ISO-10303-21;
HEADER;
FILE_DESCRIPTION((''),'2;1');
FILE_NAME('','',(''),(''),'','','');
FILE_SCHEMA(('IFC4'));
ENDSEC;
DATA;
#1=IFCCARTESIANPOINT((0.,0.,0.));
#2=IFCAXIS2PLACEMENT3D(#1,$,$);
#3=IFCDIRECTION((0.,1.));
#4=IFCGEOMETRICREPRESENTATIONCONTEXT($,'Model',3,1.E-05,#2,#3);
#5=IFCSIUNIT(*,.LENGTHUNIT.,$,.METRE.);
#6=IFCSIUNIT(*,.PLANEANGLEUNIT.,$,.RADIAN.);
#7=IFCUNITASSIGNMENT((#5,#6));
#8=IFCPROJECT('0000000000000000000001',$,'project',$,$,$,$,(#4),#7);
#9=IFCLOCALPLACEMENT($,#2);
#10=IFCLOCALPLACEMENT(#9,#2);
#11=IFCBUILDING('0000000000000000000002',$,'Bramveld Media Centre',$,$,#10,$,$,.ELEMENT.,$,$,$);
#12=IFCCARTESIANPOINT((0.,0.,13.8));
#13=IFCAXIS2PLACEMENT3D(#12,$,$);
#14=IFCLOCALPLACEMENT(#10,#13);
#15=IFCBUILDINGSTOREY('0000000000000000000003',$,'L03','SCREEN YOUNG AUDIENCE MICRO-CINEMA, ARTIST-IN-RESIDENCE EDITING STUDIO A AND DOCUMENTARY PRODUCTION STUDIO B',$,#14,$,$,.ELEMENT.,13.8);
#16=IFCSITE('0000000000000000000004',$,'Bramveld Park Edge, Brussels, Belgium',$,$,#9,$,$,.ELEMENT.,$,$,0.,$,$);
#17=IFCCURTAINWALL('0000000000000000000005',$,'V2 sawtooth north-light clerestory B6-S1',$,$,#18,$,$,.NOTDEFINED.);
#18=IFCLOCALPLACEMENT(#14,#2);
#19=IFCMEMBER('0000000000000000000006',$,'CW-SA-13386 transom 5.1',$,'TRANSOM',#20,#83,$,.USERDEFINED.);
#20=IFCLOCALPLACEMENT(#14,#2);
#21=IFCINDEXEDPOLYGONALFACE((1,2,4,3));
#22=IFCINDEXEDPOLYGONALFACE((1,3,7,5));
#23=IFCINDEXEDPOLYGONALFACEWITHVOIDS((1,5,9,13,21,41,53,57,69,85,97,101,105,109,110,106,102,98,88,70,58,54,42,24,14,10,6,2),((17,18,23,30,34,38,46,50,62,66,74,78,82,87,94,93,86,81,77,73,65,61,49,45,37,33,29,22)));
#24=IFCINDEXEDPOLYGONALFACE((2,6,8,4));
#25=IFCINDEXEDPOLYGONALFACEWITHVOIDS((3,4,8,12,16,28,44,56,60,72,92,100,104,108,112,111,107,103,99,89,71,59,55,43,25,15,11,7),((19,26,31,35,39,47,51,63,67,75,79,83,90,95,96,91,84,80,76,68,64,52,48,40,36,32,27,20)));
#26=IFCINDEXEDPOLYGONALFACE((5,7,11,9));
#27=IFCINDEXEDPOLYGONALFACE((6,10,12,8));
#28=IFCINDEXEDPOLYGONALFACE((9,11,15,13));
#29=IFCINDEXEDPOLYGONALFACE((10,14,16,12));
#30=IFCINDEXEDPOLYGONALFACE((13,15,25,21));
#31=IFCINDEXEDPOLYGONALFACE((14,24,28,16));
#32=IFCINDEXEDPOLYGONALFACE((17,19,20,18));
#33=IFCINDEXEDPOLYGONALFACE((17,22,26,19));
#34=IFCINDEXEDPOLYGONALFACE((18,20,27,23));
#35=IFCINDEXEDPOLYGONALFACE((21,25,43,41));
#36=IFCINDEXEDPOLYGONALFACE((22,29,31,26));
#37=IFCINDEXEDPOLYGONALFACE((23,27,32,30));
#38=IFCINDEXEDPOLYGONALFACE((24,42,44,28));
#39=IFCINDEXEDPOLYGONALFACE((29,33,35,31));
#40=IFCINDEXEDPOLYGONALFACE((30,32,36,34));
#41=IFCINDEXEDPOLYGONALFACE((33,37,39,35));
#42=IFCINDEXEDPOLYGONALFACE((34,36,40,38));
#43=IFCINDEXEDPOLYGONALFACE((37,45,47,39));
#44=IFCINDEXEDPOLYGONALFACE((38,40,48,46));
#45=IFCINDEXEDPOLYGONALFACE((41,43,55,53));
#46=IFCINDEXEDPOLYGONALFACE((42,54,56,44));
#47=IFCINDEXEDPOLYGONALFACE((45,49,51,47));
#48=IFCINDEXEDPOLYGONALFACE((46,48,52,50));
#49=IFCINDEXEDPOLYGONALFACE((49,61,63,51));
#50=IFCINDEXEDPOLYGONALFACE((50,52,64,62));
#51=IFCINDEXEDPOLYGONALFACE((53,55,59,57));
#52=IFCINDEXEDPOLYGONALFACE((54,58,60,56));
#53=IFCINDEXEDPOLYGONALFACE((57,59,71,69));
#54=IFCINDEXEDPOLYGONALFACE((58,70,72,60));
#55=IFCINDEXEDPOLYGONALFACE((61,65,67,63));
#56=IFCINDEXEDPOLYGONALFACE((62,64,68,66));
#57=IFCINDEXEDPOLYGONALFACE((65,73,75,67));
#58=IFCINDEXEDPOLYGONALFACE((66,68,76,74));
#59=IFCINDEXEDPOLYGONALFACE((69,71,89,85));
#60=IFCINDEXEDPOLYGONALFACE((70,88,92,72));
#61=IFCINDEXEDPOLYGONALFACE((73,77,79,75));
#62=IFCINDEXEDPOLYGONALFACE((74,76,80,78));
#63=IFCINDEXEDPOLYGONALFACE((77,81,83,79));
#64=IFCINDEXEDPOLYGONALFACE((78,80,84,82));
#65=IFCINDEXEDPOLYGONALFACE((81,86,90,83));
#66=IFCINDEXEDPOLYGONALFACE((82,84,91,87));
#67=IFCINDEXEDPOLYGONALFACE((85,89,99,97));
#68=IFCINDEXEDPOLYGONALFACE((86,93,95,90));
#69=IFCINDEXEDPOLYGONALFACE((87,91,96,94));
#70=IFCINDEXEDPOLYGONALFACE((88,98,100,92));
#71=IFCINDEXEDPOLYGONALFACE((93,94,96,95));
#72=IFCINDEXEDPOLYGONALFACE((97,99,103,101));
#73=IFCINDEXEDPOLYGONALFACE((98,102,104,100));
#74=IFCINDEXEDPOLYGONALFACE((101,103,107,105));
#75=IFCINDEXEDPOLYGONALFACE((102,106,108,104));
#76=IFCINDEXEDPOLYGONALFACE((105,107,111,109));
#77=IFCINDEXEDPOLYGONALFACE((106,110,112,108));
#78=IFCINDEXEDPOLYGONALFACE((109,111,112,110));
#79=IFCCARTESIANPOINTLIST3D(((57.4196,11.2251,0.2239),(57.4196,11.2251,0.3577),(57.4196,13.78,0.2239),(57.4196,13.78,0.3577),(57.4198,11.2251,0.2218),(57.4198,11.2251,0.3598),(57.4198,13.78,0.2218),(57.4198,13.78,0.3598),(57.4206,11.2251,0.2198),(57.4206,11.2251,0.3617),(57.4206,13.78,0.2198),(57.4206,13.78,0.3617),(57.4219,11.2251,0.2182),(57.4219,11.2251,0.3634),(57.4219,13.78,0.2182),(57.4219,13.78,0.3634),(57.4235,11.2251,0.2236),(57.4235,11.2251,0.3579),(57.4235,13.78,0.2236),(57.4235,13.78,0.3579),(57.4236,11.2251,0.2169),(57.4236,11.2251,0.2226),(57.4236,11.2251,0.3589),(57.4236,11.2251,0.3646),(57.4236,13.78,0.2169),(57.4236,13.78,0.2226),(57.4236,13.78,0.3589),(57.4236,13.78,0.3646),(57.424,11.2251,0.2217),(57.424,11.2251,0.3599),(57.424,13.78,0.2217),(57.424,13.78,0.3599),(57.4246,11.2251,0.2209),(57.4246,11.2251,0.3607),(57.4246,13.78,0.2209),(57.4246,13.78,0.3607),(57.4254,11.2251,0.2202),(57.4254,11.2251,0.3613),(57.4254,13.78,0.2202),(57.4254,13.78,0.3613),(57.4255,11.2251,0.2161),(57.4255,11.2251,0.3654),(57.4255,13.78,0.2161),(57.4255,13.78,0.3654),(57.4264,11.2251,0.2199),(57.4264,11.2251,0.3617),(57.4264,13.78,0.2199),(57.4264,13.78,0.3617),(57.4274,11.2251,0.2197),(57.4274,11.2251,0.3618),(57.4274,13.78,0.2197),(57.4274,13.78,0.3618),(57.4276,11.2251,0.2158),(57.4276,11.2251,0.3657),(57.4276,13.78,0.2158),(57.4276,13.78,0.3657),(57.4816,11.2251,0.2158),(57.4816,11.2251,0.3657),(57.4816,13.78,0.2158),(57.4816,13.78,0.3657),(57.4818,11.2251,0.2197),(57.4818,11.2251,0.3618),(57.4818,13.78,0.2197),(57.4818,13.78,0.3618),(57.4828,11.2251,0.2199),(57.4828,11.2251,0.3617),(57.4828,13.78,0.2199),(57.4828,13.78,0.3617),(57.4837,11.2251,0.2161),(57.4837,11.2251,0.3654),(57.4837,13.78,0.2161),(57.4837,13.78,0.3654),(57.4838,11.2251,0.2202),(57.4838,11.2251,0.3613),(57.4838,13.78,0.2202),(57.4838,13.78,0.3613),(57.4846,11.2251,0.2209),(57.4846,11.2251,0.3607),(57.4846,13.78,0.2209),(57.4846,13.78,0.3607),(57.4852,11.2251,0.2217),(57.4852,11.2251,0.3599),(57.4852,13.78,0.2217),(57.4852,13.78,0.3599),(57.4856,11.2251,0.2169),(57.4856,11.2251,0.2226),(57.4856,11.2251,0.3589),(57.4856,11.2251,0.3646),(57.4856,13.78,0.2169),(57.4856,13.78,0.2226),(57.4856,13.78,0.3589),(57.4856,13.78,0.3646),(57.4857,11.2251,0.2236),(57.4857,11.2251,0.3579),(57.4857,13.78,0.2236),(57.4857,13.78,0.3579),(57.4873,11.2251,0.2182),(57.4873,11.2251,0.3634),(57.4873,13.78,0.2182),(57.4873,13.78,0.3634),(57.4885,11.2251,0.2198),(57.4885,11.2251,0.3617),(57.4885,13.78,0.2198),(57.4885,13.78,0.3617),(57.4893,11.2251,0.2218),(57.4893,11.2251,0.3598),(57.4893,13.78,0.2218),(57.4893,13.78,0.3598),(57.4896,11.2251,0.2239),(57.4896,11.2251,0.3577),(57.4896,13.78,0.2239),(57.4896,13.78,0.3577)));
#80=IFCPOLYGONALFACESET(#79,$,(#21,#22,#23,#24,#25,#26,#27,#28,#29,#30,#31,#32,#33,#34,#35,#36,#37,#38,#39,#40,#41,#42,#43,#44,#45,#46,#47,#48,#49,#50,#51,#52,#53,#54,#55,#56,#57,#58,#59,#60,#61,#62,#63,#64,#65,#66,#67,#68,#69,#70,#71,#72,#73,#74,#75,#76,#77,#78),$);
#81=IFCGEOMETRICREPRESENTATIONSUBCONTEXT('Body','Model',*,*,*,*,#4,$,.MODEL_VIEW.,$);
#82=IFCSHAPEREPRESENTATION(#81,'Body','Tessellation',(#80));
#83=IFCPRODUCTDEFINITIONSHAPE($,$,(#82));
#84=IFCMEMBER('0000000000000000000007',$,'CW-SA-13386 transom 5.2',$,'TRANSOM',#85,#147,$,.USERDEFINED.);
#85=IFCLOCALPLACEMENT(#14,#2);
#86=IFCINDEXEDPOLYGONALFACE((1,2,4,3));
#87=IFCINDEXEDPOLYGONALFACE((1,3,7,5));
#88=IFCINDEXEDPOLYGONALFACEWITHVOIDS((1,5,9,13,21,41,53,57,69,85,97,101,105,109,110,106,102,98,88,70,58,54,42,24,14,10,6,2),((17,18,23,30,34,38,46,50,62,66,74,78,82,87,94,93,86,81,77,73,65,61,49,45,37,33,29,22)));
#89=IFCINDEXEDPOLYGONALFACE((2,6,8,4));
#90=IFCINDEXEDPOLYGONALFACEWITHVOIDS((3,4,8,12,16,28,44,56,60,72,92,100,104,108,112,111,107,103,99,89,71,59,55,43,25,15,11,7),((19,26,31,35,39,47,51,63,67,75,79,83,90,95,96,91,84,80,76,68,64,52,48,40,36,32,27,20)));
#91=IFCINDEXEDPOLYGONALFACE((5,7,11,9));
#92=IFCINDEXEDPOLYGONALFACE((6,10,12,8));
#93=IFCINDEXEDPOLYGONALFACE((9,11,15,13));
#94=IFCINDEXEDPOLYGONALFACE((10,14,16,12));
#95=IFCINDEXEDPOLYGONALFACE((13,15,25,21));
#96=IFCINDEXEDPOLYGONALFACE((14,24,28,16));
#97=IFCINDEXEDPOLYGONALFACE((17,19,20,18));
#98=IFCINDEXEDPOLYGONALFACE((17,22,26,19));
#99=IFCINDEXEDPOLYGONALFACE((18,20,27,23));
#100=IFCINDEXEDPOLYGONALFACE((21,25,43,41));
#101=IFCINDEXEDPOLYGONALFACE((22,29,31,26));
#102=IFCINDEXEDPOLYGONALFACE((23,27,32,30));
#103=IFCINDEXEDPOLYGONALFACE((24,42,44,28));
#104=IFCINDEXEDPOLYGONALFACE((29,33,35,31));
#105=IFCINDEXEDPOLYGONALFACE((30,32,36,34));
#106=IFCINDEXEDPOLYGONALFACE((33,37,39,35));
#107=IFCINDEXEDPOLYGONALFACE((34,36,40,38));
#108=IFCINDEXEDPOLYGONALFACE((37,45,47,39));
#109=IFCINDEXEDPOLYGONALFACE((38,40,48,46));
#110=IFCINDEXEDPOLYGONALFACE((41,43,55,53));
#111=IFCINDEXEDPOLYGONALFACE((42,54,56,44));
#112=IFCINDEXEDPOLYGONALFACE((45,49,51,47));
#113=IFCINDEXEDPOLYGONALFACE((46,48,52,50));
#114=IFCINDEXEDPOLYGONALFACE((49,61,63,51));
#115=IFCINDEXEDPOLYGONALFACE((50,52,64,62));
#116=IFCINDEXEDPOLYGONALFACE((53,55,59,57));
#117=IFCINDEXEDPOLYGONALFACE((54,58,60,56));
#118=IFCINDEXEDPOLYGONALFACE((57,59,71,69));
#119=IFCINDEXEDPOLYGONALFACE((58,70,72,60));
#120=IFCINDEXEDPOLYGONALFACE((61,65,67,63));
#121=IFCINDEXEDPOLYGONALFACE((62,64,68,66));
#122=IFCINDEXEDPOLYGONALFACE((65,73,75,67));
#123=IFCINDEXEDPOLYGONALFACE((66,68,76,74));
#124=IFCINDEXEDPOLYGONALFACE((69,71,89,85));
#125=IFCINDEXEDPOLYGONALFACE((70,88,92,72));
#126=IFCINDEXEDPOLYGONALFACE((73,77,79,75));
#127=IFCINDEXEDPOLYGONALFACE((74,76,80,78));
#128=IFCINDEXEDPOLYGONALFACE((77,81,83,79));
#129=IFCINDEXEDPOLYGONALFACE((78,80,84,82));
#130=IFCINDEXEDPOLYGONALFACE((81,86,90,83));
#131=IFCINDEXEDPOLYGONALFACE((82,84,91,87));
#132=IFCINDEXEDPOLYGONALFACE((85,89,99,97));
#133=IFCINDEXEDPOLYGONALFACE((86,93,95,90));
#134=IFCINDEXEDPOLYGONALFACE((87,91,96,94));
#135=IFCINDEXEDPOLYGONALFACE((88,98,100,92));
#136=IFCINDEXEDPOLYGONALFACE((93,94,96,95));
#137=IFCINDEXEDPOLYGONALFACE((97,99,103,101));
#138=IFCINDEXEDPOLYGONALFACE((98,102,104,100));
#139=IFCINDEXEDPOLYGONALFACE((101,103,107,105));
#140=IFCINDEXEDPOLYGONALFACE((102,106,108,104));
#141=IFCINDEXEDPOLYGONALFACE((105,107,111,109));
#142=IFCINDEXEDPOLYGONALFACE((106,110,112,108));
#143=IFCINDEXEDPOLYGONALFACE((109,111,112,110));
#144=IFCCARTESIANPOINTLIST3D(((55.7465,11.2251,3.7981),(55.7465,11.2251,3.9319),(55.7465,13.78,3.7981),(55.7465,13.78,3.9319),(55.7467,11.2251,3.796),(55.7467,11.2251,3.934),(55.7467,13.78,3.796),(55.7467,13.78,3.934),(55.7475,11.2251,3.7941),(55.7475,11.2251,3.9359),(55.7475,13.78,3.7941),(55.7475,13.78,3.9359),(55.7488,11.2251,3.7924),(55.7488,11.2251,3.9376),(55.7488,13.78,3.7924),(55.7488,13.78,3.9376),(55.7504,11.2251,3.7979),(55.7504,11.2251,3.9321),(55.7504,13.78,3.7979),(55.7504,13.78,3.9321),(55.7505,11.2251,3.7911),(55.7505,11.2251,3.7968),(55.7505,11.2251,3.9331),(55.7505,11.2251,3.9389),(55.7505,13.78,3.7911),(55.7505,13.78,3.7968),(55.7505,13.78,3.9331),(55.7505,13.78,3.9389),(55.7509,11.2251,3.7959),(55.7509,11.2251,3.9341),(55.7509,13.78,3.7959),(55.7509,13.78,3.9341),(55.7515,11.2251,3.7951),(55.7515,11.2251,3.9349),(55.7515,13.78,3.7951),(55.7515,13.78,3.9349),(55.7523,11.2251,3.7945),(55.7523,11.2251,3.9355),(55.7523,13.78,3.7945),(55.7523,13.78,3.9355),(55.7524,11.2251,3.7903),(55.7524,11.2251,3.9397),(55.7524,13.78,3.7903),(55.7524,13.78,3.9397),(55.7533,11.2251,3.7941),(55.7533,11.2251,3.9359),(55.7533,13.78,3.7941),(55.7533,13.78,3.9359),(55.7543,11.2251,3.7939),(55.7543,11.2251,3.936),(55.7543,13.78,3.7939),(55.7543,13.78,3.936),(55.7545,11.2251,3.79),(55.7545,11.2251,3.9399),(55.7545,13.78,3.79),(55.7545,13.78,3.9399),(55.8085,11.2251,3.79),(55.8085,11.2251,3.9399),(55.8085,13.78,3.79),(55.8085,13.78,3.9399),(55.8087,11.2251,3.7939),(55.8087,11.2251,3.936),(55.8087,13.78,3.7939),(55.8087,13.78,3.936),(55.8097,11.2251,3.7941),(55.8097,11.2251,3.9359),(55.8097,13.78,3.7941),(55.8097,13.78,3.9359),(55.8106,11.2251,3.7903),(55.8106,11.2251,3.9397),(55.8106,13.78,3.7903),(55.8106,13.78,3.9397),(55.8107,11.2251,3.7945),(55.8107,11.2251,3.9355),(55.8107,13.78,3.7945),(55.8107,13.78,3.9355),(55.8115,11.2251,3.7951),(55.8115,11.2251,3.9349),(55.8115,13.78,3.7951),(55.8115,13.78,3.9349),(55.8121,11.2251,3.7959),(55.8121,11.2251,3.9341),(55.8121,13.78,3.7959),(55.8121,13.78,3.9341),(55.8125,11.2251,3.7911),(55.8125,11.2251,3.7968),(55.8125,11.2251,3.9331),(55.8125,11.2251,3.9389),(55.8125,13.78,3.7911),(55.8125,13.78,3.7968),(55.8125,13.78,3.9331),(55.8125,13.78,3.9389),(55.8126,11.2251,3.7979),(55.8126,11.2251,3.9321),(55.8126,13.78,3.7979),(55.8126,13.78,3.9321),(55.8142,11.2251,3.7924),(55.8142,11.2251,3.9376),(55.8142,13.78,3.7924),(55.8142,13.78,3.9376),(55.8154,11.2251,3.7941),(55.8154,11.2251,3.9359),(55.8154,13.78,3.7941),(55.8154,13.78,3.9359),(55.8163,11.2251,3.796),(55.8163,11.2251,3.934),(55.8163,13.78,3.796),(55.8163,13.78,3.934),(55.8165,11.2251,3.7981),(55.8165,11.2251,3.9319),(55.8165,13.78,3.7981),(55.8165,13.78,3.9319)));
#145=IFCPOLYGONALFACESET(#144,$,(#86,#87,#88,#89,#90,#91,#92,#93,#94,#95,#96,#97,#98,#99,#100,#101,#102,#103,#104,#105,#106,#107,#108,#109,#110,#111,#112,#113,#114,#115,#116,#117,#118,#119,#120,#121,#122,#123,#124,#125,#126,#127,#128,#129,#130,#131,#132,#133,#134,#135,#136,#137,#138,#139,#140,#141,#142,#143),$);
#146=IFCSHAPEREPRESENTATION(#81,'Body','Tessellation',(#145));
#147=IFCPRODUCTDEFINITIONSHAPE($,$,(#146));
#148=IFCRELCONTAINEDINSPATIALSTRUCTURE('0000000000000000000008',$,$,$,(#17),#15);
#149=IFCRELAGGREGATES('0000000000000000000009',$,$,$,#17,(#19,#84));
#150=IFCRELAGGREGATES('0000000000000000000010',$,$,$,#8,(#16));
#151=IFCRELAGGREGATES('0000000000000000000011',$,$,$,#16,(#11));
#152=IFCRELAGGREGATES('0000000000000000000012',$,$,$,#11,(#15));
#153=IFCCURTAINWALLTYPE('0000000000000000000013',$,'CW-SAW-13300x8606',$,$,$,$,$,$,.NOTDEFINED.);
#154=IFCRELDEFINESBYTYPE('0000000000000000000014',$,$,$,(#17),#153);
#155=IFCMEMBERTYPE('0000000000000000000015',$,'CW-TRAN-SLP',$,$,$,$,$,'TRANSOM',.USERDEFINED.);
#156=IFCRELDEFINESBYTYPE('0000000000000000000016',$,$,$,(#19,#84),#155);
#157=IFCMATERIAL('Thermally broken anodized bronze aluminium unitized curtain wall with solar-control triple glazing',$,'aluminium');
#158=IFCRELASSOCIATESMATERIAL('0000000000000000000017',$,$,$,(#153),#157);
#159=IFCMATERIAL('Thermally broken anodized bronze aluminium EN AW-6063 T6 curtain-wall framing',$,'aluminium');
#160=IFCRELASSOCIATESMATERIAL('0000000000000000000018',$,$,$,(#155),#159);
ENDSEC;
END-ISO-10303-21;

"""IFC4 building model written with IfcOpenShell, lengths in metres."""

from ifc_helpers import new_model, si_unit, direction, frame, origin, origin_2d, place, context, subcontext, project, spatial, hollow_rectangle, extrude, material, material_profile, profile_set, type_object, element, aggregate, save


model = new_model("IFC4")

# Units and contexts
model_context = context("Model", 3, precision=1e-05, world=origin(), true_north=direction((0.0, 1.0)))
body_context = subcontext(model_context, "Body", "Model", "MODEL_VIEW")
ifc_project = project(units=[si_unit("LENGTHUNIT", "METRE"), si_unit("PLANEANGLEUNIT", "RADIAN")], contexts=[model_context])

# Site, building, storey
site_placement = place(None, origin())
site = spatial("IfcSite", under=ifc_project, at=site_placement, Name="Bramveld Park Edge, Brussels, Belgium", CompositionType="ELEMENT", RefElevation=0.0)
building_placement = place(site_placement, origin())
building = spatial("IfcBuilding", under=site, at=building_placement, Name="Bramveld Media Centre", CompositionType="ELEMENT")
storey_placement = place(building_placement, frame((0.0, 0.0, 13.8)))
storey = spatial("IfcBuildingStorey", under=building, at=storey_placement, Name="L03", Description="SCREEN YOUNG AUDIENCE MICRO-CINEMA, ARTIST-IN-RESIDENCE EDITING STUDIO A AND DOCUMENTARY PRODUCTION STUDIO B", CompositionType="ELEMENT", Elevation=13.8)

# Curtain wall
ifc_material_1 = material(Name="Thermally broken anodized bronze aluminium unitized curtain wall with solar-control triple glazing", Category="aluminium")
curtain_wall_type = type_object("IfcCurtainWallType", Name="CW-SAW-13300x8606", PredefinedType="NOTDEFINED", material=ifc_material_1)
curtain_wall_1_placement = place(storey_placement, origin())
curtain_wall_1 = element("IfcCurtainWall", 1, at=curtain_wall_1_placement, inside=storey, type_object=curtain_wall_type, Name="V2 sawtooth north-light clerestory B6-S1", PredefinedType="NOTDEFINED")

# Members
ifc_material_2 = material(Name="Thermally broken anodized bronze aluminium EN AW-6063 T6 curtain-wall framing", Category="aluminium")
ifc_material_profile_1 = material_profile(ifc_material_2, hollow_rectangle(XDim=0.0701, YDim=0.1499, WallThickness=0.0039, InnerFilletRadius=0.0039, OuterFilletRadius=0.0081, at=origin_2d()), Name="AL-TRAN 70x150")
ifc_profile_set_1 = profile_set([ifc_material_profile_1], Name="Thermally broken anodized bronze aluminium EN AW-6063 T6 curtain-wall framing")
member_type_1 = type_object("IfcMemberType", Name="CW-TRAN-SLP", ElementType="TRANSOM", PredefinedType="USERDEFINED", material=ifc_profile_set_1)
member_1_placement = place(storey_placement, frame((57.4546, 11.2251, 0.2908), z_axis=(0.0, 1.0, 0.0), x_axis=(-1.0, 0.0, 0.0)))
member_1 = element("IfcMember", 2, at=member_1_placement, type_object=member_type_1, Name="CW-SA-13386 transom 5.1", ObjectType="TRANSOM", PredefinedType="USERDEFINED", context=body_context, shape_type="SweptSolid", body=[
    extrude(hollow_rectangle(XDim=0.0701, YDim=0.1499, WallThickness=0.0039, InnerFilletRadius=0.0039, OuterFilletRadius=0.0081, at=origin_2d()), origin(), (0.0, 0.0, 1.0), 2.5549),
])
member_2_placement = place(storey_placement, frame((55.7815, 11.2251, 3.865), z_axis=(0.0, 1.0, 0.0), x_axis=(-1.0, 0.0, 0.0)))
member_2 = element("IfcMember", 3, at=member_2_placement, type_object=member_type_1, Name="CW-SA-13386 transom 5.2", ObjectType="TRANSOM", PredefinedType="USERDEFINED", context=body_context, shape_type="SweptSolid", body=[
    extrude(hollow_rectangle(XDim=0.0701, YDim=0.1499, WallThickness=0.0039, InnerFilletRadius=0.0039, OuterFilletRadius=0.0081, at=origin_2d()), origin(), (0.0, 0.0, 1.0), 2.5549),
])

aggregate(curtain_wall_1, [member_1, member_2])

save(model, "model.ifc")
